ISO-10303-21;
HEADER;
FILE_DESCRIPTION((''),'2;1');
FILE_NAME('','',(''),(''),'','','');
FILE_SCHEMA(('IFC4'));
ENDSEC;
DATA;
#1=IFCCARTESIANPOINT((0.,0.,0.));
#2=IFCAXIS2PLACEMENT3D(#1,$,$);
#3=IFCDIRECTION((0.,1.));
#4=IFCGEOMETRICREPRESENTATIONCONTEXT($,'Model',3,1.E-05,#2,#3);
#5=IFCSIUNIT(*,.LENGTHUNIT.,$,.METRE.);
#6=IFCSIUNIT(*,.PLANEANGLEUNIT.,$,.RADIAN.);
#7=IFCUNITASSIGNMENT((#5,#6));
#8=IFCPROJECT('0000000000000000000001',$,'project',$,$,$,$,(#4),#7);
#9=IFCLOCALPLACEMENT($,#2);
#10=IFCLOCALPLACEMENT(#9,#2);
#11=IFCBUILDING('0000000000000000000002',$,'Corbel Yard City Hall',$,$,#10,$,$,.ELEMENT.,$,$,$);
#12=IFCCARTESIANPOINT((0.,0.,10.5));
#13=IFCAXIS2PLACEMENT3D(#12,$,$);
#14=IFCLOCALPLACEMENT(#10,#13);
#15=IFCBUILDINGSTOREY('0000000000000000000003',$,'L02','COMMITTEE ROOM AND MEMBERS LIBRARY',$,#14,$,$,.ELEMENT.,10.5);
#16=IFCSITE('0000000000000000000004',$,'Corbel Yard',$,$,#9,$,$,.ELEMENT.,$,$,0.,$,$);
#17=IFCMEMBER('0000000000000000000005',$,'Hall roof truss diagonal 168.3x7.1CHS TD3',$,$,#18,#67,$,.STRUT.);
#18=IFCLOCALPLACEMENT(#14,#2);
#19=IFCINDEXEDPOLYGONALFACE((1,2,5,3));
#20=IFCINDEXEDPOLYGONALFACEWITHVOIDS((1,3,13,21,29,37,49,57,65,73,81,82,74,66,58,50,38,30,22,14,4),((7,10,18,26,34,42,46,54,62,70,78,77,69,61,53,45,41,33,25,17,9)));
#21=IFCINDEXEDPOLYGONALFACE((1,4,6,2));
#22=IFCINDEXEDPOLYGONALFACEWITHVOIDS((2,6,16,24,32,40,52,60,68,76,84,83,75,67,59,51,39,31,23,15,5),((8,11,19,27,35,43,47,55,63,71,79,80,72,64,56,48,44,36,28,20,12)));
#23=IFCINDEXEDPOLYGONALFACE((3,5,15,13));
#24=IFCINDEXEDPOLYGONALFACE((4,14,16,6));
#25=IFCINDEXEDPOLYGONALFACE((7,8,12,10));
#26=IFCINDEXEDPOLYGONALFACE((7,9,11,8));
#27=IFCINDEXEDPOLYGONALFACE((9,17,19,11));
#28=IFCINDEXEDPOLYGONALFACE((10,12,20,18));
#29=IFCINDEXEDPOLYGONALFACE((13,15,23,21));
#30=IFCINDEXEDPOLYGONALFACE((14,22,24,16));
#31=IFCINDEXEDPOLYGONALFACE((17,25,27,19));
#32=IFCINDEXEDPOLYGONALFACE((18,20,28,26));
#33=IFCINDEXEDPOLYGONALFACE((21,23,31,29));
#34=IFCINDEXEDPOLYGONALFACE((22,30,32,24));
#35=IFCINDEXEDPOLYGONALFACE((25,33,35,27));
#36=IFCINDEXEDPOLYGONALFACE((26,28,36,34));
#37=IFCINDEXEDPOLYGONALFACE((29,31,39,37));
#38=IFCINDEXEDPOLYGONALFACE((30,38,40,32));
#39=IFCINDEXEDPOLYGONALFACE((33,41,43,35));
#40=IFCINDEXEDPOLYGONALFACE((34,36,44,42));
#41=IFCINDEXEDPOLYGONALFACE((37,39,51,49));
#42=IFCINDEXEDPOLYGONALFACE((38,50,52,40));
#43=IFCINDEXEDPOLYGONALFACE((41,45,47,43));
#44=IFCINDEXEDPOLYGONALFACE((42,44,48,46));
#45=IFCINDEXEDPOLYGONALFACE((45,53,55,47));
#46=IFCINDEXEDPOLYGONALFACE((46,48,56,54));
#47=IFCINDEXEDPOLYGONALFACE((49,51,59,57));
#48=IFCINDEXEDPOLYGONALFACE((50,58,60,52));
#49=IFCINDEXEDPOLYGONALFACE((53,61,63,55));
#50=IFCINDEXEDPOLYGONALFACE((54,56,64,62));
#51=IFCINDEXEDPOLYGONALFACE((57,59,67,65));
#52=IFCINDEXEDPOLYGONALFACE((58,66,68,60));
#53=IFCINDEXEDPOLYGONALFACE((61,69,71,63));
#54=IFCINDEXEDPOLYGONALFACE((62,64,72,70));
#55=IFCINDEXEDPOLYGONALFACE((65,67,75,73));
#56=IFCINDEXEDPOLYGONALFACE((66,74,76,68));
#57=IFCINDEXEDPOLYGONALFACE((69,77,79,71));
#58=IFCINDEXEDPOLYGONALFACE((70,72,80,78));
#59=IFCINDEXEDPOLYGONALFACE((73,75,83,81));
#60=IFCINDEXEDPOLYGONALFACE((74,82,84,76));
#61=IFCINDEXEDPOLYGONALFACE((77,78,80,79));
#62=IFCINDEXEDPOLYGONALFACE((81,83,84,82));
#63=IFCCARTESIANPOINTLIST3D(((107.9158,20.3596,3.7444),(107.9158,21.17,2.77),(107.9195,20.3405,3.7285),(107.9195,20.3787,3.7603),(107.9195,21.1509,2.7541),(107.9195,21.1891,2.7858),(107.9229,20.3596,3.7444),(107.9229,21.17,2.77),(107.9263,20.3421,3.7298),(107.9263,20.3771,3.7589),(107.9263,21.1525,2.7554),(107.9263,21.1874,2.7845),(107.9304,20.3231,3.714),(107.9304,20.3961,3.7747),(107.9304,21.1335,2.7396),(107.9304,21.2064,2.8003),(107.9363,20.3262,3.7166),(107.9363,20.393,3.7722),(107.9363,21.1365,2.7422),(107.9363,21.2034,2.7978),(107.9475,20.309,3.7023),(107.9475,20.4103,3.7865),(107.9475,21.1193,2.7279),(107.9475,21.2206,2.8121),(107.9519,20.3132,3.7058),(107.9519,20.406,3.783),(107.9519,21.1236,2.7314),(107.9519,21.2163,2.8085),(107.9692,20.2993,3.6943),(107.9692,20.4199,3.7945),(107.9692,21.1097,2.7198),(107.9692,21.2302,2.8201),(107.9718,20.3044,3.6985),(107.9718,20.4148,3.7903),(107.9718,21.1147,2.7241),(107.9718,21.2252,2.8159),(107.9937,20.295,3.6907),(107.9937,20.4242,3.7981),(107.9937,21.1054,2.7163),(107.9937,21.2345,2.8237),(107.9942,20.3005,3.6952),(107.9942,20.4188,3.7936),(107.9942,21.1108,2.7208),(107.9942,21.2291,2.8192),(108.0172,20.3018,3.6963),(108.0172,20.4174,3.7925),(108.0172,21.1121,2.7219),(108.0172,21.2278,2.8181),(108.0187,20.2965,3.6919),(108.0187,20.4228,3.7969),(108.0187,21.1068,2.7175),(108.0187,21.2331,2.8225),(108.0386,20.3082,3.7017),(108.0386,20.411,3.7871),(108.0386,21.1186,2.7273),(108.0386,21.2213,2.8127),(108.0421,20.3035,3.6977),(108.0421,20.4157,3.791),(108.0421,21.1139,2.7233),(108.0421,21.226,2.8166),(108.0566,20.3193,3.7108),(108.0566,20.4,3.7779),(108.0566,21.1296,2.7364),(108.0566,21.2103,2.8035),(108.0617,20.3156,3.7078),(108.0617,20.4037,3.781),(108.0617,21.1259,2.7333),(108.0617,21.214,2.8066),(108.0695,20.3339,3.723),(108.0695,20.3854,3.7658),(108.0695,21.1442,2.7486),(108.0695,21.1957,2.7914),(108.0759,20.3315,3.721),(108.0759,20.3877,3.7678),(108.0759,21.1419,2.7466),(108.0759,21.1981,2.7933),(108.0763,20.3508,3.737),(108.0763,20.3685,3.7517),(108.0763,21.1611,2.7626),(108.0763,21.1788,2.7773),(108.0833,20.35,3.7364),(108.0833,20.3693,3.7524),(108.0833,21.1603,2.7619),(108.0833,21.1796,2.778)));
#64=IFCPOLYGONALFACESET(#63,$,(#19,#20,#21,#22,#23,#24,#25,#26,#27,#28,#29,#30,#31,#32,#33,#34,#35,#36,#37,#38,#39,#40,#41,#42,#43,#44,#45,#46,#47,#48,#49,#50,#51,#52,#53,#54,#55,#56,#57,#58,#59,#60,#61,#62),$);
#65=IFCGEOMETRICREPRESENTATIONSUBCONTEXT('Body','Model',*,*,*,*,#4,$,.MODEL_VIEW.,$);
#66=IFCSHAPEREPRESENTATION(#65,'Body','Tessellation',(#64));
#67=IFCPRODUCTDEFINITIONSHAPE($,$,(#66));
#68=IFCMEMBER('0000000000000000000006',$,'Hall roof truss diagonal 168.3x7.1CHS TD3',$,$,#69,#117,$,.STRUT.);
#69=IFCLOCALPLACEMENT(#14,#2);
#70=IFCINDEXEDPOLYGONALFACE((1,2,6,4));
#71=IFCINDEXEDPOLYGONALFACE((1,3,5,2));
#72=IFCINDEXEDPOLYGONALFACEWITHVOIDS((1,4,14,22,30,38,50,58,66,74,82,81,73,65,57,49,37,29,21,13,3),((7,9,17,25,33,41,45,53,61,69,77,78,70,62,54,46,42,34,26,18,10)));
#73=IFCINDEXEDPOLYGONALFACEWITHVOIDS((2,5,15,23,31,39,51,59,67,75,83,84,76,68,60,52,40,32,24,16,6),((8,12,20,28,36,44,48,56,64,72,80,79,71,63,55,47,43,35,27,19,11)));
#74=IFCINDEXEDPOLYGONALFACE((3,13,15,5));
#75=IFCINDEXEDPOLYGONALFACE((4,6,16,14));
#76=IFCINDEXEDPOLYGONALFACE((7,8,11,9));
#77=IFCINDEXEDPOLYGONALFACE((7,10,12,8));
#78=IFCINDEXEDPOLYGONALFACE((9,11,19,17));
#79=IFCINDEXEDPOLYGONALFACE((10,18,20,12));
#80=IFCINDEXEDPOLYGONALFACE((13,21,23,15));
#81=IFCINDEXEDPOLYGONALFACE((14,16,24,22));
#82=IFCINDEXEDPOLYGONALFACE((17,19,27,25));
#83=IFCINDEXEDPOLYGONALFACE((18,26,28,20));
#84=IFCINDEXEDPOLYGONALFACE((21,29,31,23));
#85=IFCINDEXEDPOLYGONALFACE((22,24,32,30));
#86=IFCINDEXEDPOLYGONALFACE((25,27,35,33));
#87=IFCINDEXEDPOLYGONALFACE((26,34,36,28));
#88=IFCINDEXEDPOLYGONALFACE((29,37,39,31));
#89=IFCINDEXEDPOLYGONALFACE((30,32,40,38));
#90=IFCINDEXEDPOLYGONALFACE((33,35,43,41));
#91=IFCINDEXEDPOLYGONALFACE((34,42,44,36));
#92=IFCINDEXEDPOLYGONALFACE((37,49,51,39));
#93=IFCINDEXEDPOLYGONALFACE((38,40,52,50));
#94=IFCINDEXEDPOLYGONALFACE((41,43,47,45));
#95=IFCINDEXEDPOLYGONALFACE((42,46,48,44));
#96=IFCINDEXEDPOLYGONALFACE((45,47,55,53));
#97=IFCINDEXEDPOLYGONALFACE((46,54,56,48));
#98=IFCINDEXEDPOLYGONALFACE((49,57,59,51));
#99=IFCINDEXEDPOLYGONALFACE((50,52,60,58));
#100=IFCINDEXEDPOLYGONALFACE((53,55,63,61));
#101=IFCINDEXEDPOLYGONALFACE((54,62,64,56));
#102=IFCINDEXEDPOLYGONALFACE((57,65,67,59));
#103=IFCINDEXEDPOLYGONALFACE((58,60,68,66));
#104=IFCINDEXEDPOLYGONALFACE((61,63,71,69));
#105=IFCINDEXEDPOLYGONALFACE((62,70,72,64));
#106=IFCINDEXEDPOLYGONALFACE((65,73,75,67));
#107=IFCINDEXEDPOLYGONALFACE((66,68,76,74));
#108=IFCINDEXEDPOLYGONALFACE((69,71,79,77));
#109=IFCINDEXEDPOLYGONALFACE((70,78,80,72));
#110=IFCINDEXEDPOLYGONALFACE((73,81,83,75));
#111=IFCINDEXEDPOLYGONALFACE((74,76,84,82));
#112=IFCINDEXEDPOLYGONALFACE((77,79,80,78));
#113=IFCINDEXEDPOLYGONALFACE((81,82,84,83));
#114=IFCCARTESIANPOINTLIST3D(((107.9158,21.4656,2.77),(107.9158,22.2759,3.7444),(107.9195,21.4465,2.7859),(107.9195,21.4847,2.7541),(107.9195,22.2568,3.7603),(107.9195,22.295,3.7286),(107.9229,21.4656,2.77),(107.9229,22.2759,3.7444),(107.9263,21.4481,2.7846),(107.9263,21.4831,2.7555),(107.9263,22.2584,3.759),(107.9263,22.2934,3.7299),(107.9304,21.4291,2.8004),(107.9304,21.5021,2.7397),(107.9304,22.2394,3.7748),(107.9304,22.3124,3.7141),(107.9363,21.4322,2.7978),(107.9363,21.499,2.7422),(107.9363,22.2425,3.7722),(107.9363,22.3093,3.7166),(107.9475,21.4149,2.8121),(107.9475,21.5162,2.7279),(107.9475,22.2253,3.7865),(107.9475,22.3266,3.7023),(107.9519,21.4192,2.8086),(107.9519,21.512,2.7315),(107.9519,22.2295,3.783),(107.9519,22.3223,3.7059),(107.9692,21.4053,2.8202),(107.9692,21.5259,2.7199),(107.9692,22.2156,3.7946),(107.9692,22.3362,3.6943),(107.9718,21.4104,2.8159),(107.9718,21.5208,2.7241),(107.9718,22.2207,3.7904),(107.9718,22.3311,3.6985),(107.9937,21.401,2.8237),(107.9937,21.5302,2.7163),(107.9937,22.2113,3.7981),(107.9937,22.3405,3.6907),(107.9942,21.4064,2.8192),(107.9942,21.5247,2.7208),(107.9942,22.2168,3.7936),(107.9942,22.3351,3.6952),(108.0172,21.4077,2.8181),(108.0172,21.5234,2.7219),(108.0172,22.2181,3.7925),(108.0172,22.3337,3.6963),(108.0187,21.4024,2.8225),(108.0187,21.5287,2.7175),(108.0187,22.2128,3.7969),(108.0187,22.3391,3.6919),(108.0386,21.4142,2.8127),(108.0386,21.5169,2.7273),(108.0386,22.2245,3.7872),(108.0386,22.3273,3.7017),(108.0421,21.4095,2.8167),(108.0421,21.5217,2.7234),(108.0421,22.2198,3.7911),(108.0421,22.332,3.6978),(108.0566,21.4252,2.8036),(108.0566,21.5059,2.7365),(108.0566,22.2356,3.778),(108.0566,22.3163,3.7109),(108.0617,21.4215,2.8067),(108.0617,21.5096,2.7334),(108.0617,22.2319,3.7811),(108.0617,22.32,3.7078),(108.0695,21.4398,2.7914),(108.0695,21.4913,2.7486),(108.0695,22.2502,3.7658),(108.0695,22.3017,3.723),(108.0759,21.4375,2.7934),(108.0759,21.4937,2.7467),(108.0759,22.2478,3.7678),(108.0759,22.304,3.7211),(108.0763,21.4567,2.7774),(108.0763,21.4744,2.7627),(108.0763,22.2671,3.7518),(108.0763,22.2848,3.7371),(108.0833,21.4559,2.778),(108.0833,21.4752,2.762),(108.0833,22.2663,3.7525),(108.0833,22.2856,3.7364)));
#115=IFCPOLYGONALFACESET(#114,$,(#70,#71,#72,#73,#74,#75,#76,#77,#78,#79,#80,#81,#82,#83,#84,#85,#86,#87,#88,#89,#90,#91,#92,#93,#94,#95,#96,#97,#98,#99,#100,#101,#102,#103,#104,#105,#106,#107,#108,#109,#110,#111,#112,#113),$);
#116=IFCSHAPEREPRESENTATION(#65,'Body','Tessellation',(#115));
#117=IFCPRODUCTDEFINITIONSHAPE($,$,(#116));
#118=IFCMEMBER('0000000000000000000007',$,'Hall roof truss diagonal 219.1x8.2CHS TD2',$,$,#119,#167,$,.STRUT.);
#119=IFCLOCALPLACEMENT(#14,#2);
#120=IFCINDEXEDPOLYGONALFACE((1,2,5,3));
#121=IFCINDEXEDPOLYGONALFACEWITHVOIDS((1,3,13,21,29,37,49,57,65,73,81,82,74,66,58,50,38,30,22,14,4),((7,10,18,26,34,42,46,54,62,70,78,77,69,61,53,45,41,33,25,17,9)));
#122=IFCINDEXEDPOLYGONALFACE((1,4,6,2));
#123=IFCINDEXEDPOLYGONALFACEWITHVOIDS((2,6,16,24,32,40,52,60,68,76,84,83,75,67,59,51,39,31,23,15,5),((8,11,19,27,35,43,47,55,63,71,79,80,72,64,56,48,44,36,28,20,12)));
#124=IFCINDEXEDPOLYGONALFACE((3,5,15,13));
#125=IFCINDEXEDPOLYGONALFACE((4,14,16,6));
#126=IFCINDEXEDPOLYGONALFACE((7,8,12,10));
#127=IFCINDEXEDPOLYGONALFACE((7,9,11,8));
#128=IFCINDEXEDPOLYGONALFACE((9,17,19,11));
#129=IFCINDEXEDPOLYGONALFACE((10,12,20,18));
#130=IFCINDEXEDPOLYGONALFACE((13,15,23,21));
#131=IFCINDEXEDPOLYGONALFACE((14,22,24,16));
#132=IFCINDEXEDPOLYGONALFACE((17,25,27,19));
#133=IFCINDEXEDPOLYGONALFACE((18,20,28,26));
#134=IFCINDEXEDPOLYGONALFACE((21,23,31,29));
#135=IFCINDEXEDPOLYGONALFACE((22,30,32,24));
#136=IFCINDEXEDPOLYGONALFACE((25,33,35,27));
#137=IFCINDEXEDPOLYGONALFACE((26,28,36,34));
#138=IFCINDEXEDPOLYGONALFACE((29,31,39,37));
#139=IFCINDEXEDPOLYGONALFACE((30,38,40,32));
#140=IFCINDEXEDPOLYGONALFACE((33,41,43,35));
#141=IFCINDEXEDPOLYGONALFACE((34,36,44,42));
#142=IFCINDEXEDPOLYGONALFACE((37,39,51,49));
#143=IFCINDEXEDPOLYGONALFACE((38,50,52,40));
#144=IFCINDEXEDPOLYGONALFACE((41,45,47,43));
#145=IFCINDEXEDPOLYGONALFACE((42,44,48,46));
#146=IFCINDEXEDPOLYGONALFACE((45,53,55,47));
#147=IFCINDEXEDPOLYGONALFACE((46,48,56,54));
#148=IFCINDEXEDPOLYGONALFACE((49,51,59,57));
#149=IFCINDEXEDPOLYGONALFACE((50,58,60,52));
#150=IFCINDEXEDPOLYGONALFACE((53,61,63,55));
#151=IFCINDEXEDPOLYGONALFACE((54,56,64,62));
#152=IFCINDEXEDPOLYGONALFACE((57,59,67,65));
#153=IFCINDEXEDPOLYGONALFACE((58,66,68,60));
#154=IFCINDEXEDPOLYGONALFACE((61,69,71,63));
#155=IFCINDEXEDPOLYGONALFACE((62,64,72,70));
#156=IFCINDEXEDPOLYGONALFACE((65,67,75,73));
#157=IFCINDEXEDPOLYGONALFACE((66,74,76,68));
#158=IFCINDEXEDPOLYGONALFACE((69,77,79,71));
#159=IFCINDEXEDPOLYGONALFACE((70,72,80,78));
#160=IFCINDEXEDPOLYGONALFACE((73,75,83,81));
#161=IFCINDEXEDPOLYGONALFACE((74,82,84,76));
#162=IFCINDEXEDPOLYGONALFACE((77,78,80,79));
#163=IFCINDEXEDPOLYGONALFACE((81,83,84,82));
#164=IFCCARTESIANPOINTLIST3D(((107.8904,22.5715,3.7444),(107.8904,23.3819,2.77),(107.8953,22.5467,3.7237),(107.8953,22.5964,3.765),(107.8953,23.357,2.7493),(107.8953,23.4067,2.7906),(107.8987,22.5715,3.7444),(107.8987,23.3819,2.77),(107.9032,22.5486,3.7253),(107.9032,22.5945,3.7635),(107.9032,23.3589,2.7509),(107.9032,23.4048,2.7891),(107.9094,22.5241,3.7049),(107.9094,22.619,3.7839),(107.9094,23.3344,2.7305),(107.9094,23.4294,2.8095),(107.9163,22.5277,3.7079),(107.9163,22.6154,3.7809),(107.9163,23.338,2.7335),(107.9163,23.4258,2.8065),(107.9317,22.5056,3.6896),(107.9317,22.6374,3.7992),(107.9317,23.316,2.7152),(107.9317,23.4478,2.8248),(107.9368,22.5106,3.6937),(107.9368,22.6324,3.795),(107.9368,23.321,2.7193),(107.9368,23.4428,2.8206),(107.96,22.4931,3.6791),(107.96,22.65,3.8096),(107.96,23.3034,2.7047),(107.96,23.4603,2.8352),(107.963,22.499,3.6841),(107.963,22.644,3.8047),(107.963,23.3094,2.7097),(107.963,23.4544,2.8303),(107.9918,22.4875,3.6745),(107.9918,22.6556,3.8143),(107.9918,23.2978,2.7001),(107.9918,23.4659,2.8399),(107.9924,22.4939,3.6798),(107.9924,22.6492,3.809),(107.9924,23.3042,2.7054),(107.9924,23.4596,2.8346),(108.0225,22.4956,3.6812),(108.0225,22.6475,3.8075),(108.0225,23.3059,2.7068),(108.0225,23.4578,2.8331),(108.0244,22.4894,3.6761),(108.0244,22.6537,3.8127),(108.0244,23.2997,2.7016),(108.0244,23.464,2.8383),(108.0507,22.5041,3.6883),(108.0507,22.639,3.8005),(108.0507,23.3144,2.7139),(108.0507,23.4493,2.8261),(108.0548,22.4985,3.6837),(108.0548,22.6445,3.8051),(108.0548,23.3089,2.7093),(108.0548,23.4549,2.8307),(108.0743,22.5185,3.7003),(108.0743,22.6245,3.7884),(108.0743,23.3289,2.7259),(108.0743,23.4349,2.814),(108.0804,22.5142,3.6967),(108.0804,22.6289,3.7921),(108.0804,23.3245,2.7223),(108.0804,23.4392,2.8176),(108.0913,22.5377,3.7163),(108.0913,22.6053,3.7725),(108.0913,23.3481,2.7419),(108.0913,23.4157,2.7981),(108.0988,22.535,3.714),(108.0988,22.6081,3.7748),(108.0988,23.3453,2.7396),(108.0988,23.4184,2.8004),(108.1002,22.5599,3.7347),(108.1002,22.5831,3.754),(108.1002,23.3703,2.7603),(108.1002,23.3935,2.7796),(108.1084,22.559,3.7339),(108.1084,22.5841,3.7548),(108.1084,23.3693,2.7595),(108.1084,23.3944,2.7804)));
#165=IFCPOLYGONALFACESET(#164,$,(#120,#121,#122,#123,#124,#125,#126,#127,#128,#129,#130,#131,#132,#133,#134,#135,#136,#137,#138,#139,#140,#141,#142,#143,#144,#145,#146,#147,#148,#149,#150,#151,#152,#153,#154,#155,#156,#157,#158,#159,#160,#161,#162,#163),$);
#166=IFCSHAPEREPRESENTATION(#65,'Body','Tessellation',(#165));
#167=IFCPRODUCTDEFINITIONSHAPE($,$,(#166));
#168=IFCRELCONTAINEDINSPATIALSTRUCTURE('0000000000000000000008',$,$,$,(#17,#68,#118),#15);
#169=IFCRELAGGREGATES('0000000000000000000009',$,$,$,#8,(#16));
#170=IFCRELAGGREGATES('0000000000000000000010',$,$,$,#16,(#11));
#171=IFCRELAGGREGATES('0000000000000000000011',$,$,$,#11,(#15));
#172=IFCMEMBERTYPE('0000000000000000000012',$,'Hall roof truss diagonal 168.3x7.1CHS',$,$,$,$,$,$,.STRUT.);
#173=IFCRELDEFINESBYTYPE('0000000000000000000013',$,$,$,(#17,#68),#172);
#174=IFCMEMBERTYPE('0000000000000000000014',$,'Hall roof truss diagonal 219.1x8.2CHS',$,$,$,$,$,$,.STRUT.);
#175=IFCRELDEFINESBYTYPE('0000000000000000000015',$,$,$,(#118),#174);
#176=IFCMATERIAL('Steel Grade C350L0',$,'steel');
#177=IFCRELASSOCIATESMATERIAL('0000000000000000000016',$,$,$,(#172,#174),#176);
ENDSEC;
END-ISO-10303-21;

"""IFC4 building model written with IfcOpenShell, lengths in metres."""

from ifc_helpers import new_model, si_unit, direction, frame, origin, origin_2d, place, context, subcontext, project, spatial, hollow_circle, extrude, material, material_profile, profile_set, type_object, element, save


model = new_model("IFC4")

# Units and contexts
model_context = context("Model", 3, precision=1e-05, world=origin(), true_north=direction((0.0, 1.0)))
body_context = subcontext(model_context, "Body", "Model", "MODEL_VIEW")
ifc_project = project(units=[si_unit("LENGTHUNIT", "METRE"), si_unit("PLANEANGLEUNIT", "RADIAN")], contexts=[model_context])

# Site, building, storey
site_placement = place(None, origin())
site = spatial("IfcSite", under=ifc_project, at=site_placement, Name="Corbel Yard", CompositionType="ELEMENT", RefElevation=0.0)
building_placement = place(site_placement, origin())
building = spatial("IfcBuilding", under=site, at=building_placement, Name="Corbel Yard City Hall", CompositionType="ELEMENT")
storey_placement = place(building_placement, frame((0.0, 0.0, 10.5)))
storey = spatial("IfcBuildingStorey", under=building, at=storey_placement, Name="L02", Description="COMMITTEE ROOM AND MEMBERS LIBRARY", CompositionType="ELEMENT", Elevation=10.5)

# Members
ifc_material_1 = material(Name="Steel Grade C350L0", Category="steel")
ifc_material_profile_1 = material_profile(ifc_material_1, hollow_circle(Radius=0.0842, WallThickness=0.0071, at=origin_2d()), Name="168.3x7.1CHS")
ifc_profile_set_1 = profile_set([ifc_material_profile_1], Name="Steel Grade C350L0")
member_type_1 = type_object("IfcMemberType", Name="Hall roof truss diagonal 168.3x7.1CHS", PredefinedType="STRUT", material=ifc_profile_set_1)
for number, where, z_axis, x_axis, name in (
    (1, (108.0, 20.3596, 3.7444), (0.0, 0.639407, -0.768868), (-1.0, 0.0, 0.0), "Hall roof truss diagonal 168.3x7.1CHS TD3"),
    (2, (108.0, 21.4656, 2.77), (0.0, 0.639407, 0.768868), (-1.0, 0.0, 0.0), "Hall roof truss diagonal 168.3x7.1CHS TD3"),
):
    element("IfcMember", number, at=place(storey_placement, frame(where, z_axis=z_axis, x_axis=x_axis)), inside=storey, type_object=member_type_1, Name=name, PredefinedType="STRUT", context=body_context, shape_type="SweptSolid", body=[
        extrude(hollow_circle(Radius=0.0842, WallThickness=0.0071, at=origin_2d()), origin(), (0.0, 0.0, 1.0), 1.2673),
    ])
ifc_material_profile_2 = material_profile(ifc_material_1, hollow_circle(Radius=0.1096, WallThickness=0.0083, at=origin_2d()), Name="219.1x8.2CHS")
ifc_profile_set_2 = profile_set([ifc_material_profile_2], Name="Steel Grade C350L0")
member_type_2 = type_object("IfcMemberType", Name="Hall roof truss diagonal 219.1x8.2CHS", PredefinedType="STRUT", material=ifc_profile_set_2)
for number, where, z_axis, x_axis, name in (
    (3, (108.0, 22.5715, 3.7444), (0.0, 0.639407, -0.768868), (-1.0, 0.0, 0.0), "Hall roof truss diagonal 219.1x8.2CHS TD2"),
):
    element("IfcMember", number, at=place(storey_placement, frame(where, z_axis=z_axis, x_axis=x_axis)), inside=storey, type_object=member_type_2, Name=name, PredefinedType="STRUT", context=body_context, shape_type="SweptSolid", body=[
        extrude(hollow_circle(Radius=0.1096, WallThickness=0.0083, at=origin_2d()), origin(), (0.0, 0.0, 1.0), 1.2673),
    ])

save(model, "model.ifc")
